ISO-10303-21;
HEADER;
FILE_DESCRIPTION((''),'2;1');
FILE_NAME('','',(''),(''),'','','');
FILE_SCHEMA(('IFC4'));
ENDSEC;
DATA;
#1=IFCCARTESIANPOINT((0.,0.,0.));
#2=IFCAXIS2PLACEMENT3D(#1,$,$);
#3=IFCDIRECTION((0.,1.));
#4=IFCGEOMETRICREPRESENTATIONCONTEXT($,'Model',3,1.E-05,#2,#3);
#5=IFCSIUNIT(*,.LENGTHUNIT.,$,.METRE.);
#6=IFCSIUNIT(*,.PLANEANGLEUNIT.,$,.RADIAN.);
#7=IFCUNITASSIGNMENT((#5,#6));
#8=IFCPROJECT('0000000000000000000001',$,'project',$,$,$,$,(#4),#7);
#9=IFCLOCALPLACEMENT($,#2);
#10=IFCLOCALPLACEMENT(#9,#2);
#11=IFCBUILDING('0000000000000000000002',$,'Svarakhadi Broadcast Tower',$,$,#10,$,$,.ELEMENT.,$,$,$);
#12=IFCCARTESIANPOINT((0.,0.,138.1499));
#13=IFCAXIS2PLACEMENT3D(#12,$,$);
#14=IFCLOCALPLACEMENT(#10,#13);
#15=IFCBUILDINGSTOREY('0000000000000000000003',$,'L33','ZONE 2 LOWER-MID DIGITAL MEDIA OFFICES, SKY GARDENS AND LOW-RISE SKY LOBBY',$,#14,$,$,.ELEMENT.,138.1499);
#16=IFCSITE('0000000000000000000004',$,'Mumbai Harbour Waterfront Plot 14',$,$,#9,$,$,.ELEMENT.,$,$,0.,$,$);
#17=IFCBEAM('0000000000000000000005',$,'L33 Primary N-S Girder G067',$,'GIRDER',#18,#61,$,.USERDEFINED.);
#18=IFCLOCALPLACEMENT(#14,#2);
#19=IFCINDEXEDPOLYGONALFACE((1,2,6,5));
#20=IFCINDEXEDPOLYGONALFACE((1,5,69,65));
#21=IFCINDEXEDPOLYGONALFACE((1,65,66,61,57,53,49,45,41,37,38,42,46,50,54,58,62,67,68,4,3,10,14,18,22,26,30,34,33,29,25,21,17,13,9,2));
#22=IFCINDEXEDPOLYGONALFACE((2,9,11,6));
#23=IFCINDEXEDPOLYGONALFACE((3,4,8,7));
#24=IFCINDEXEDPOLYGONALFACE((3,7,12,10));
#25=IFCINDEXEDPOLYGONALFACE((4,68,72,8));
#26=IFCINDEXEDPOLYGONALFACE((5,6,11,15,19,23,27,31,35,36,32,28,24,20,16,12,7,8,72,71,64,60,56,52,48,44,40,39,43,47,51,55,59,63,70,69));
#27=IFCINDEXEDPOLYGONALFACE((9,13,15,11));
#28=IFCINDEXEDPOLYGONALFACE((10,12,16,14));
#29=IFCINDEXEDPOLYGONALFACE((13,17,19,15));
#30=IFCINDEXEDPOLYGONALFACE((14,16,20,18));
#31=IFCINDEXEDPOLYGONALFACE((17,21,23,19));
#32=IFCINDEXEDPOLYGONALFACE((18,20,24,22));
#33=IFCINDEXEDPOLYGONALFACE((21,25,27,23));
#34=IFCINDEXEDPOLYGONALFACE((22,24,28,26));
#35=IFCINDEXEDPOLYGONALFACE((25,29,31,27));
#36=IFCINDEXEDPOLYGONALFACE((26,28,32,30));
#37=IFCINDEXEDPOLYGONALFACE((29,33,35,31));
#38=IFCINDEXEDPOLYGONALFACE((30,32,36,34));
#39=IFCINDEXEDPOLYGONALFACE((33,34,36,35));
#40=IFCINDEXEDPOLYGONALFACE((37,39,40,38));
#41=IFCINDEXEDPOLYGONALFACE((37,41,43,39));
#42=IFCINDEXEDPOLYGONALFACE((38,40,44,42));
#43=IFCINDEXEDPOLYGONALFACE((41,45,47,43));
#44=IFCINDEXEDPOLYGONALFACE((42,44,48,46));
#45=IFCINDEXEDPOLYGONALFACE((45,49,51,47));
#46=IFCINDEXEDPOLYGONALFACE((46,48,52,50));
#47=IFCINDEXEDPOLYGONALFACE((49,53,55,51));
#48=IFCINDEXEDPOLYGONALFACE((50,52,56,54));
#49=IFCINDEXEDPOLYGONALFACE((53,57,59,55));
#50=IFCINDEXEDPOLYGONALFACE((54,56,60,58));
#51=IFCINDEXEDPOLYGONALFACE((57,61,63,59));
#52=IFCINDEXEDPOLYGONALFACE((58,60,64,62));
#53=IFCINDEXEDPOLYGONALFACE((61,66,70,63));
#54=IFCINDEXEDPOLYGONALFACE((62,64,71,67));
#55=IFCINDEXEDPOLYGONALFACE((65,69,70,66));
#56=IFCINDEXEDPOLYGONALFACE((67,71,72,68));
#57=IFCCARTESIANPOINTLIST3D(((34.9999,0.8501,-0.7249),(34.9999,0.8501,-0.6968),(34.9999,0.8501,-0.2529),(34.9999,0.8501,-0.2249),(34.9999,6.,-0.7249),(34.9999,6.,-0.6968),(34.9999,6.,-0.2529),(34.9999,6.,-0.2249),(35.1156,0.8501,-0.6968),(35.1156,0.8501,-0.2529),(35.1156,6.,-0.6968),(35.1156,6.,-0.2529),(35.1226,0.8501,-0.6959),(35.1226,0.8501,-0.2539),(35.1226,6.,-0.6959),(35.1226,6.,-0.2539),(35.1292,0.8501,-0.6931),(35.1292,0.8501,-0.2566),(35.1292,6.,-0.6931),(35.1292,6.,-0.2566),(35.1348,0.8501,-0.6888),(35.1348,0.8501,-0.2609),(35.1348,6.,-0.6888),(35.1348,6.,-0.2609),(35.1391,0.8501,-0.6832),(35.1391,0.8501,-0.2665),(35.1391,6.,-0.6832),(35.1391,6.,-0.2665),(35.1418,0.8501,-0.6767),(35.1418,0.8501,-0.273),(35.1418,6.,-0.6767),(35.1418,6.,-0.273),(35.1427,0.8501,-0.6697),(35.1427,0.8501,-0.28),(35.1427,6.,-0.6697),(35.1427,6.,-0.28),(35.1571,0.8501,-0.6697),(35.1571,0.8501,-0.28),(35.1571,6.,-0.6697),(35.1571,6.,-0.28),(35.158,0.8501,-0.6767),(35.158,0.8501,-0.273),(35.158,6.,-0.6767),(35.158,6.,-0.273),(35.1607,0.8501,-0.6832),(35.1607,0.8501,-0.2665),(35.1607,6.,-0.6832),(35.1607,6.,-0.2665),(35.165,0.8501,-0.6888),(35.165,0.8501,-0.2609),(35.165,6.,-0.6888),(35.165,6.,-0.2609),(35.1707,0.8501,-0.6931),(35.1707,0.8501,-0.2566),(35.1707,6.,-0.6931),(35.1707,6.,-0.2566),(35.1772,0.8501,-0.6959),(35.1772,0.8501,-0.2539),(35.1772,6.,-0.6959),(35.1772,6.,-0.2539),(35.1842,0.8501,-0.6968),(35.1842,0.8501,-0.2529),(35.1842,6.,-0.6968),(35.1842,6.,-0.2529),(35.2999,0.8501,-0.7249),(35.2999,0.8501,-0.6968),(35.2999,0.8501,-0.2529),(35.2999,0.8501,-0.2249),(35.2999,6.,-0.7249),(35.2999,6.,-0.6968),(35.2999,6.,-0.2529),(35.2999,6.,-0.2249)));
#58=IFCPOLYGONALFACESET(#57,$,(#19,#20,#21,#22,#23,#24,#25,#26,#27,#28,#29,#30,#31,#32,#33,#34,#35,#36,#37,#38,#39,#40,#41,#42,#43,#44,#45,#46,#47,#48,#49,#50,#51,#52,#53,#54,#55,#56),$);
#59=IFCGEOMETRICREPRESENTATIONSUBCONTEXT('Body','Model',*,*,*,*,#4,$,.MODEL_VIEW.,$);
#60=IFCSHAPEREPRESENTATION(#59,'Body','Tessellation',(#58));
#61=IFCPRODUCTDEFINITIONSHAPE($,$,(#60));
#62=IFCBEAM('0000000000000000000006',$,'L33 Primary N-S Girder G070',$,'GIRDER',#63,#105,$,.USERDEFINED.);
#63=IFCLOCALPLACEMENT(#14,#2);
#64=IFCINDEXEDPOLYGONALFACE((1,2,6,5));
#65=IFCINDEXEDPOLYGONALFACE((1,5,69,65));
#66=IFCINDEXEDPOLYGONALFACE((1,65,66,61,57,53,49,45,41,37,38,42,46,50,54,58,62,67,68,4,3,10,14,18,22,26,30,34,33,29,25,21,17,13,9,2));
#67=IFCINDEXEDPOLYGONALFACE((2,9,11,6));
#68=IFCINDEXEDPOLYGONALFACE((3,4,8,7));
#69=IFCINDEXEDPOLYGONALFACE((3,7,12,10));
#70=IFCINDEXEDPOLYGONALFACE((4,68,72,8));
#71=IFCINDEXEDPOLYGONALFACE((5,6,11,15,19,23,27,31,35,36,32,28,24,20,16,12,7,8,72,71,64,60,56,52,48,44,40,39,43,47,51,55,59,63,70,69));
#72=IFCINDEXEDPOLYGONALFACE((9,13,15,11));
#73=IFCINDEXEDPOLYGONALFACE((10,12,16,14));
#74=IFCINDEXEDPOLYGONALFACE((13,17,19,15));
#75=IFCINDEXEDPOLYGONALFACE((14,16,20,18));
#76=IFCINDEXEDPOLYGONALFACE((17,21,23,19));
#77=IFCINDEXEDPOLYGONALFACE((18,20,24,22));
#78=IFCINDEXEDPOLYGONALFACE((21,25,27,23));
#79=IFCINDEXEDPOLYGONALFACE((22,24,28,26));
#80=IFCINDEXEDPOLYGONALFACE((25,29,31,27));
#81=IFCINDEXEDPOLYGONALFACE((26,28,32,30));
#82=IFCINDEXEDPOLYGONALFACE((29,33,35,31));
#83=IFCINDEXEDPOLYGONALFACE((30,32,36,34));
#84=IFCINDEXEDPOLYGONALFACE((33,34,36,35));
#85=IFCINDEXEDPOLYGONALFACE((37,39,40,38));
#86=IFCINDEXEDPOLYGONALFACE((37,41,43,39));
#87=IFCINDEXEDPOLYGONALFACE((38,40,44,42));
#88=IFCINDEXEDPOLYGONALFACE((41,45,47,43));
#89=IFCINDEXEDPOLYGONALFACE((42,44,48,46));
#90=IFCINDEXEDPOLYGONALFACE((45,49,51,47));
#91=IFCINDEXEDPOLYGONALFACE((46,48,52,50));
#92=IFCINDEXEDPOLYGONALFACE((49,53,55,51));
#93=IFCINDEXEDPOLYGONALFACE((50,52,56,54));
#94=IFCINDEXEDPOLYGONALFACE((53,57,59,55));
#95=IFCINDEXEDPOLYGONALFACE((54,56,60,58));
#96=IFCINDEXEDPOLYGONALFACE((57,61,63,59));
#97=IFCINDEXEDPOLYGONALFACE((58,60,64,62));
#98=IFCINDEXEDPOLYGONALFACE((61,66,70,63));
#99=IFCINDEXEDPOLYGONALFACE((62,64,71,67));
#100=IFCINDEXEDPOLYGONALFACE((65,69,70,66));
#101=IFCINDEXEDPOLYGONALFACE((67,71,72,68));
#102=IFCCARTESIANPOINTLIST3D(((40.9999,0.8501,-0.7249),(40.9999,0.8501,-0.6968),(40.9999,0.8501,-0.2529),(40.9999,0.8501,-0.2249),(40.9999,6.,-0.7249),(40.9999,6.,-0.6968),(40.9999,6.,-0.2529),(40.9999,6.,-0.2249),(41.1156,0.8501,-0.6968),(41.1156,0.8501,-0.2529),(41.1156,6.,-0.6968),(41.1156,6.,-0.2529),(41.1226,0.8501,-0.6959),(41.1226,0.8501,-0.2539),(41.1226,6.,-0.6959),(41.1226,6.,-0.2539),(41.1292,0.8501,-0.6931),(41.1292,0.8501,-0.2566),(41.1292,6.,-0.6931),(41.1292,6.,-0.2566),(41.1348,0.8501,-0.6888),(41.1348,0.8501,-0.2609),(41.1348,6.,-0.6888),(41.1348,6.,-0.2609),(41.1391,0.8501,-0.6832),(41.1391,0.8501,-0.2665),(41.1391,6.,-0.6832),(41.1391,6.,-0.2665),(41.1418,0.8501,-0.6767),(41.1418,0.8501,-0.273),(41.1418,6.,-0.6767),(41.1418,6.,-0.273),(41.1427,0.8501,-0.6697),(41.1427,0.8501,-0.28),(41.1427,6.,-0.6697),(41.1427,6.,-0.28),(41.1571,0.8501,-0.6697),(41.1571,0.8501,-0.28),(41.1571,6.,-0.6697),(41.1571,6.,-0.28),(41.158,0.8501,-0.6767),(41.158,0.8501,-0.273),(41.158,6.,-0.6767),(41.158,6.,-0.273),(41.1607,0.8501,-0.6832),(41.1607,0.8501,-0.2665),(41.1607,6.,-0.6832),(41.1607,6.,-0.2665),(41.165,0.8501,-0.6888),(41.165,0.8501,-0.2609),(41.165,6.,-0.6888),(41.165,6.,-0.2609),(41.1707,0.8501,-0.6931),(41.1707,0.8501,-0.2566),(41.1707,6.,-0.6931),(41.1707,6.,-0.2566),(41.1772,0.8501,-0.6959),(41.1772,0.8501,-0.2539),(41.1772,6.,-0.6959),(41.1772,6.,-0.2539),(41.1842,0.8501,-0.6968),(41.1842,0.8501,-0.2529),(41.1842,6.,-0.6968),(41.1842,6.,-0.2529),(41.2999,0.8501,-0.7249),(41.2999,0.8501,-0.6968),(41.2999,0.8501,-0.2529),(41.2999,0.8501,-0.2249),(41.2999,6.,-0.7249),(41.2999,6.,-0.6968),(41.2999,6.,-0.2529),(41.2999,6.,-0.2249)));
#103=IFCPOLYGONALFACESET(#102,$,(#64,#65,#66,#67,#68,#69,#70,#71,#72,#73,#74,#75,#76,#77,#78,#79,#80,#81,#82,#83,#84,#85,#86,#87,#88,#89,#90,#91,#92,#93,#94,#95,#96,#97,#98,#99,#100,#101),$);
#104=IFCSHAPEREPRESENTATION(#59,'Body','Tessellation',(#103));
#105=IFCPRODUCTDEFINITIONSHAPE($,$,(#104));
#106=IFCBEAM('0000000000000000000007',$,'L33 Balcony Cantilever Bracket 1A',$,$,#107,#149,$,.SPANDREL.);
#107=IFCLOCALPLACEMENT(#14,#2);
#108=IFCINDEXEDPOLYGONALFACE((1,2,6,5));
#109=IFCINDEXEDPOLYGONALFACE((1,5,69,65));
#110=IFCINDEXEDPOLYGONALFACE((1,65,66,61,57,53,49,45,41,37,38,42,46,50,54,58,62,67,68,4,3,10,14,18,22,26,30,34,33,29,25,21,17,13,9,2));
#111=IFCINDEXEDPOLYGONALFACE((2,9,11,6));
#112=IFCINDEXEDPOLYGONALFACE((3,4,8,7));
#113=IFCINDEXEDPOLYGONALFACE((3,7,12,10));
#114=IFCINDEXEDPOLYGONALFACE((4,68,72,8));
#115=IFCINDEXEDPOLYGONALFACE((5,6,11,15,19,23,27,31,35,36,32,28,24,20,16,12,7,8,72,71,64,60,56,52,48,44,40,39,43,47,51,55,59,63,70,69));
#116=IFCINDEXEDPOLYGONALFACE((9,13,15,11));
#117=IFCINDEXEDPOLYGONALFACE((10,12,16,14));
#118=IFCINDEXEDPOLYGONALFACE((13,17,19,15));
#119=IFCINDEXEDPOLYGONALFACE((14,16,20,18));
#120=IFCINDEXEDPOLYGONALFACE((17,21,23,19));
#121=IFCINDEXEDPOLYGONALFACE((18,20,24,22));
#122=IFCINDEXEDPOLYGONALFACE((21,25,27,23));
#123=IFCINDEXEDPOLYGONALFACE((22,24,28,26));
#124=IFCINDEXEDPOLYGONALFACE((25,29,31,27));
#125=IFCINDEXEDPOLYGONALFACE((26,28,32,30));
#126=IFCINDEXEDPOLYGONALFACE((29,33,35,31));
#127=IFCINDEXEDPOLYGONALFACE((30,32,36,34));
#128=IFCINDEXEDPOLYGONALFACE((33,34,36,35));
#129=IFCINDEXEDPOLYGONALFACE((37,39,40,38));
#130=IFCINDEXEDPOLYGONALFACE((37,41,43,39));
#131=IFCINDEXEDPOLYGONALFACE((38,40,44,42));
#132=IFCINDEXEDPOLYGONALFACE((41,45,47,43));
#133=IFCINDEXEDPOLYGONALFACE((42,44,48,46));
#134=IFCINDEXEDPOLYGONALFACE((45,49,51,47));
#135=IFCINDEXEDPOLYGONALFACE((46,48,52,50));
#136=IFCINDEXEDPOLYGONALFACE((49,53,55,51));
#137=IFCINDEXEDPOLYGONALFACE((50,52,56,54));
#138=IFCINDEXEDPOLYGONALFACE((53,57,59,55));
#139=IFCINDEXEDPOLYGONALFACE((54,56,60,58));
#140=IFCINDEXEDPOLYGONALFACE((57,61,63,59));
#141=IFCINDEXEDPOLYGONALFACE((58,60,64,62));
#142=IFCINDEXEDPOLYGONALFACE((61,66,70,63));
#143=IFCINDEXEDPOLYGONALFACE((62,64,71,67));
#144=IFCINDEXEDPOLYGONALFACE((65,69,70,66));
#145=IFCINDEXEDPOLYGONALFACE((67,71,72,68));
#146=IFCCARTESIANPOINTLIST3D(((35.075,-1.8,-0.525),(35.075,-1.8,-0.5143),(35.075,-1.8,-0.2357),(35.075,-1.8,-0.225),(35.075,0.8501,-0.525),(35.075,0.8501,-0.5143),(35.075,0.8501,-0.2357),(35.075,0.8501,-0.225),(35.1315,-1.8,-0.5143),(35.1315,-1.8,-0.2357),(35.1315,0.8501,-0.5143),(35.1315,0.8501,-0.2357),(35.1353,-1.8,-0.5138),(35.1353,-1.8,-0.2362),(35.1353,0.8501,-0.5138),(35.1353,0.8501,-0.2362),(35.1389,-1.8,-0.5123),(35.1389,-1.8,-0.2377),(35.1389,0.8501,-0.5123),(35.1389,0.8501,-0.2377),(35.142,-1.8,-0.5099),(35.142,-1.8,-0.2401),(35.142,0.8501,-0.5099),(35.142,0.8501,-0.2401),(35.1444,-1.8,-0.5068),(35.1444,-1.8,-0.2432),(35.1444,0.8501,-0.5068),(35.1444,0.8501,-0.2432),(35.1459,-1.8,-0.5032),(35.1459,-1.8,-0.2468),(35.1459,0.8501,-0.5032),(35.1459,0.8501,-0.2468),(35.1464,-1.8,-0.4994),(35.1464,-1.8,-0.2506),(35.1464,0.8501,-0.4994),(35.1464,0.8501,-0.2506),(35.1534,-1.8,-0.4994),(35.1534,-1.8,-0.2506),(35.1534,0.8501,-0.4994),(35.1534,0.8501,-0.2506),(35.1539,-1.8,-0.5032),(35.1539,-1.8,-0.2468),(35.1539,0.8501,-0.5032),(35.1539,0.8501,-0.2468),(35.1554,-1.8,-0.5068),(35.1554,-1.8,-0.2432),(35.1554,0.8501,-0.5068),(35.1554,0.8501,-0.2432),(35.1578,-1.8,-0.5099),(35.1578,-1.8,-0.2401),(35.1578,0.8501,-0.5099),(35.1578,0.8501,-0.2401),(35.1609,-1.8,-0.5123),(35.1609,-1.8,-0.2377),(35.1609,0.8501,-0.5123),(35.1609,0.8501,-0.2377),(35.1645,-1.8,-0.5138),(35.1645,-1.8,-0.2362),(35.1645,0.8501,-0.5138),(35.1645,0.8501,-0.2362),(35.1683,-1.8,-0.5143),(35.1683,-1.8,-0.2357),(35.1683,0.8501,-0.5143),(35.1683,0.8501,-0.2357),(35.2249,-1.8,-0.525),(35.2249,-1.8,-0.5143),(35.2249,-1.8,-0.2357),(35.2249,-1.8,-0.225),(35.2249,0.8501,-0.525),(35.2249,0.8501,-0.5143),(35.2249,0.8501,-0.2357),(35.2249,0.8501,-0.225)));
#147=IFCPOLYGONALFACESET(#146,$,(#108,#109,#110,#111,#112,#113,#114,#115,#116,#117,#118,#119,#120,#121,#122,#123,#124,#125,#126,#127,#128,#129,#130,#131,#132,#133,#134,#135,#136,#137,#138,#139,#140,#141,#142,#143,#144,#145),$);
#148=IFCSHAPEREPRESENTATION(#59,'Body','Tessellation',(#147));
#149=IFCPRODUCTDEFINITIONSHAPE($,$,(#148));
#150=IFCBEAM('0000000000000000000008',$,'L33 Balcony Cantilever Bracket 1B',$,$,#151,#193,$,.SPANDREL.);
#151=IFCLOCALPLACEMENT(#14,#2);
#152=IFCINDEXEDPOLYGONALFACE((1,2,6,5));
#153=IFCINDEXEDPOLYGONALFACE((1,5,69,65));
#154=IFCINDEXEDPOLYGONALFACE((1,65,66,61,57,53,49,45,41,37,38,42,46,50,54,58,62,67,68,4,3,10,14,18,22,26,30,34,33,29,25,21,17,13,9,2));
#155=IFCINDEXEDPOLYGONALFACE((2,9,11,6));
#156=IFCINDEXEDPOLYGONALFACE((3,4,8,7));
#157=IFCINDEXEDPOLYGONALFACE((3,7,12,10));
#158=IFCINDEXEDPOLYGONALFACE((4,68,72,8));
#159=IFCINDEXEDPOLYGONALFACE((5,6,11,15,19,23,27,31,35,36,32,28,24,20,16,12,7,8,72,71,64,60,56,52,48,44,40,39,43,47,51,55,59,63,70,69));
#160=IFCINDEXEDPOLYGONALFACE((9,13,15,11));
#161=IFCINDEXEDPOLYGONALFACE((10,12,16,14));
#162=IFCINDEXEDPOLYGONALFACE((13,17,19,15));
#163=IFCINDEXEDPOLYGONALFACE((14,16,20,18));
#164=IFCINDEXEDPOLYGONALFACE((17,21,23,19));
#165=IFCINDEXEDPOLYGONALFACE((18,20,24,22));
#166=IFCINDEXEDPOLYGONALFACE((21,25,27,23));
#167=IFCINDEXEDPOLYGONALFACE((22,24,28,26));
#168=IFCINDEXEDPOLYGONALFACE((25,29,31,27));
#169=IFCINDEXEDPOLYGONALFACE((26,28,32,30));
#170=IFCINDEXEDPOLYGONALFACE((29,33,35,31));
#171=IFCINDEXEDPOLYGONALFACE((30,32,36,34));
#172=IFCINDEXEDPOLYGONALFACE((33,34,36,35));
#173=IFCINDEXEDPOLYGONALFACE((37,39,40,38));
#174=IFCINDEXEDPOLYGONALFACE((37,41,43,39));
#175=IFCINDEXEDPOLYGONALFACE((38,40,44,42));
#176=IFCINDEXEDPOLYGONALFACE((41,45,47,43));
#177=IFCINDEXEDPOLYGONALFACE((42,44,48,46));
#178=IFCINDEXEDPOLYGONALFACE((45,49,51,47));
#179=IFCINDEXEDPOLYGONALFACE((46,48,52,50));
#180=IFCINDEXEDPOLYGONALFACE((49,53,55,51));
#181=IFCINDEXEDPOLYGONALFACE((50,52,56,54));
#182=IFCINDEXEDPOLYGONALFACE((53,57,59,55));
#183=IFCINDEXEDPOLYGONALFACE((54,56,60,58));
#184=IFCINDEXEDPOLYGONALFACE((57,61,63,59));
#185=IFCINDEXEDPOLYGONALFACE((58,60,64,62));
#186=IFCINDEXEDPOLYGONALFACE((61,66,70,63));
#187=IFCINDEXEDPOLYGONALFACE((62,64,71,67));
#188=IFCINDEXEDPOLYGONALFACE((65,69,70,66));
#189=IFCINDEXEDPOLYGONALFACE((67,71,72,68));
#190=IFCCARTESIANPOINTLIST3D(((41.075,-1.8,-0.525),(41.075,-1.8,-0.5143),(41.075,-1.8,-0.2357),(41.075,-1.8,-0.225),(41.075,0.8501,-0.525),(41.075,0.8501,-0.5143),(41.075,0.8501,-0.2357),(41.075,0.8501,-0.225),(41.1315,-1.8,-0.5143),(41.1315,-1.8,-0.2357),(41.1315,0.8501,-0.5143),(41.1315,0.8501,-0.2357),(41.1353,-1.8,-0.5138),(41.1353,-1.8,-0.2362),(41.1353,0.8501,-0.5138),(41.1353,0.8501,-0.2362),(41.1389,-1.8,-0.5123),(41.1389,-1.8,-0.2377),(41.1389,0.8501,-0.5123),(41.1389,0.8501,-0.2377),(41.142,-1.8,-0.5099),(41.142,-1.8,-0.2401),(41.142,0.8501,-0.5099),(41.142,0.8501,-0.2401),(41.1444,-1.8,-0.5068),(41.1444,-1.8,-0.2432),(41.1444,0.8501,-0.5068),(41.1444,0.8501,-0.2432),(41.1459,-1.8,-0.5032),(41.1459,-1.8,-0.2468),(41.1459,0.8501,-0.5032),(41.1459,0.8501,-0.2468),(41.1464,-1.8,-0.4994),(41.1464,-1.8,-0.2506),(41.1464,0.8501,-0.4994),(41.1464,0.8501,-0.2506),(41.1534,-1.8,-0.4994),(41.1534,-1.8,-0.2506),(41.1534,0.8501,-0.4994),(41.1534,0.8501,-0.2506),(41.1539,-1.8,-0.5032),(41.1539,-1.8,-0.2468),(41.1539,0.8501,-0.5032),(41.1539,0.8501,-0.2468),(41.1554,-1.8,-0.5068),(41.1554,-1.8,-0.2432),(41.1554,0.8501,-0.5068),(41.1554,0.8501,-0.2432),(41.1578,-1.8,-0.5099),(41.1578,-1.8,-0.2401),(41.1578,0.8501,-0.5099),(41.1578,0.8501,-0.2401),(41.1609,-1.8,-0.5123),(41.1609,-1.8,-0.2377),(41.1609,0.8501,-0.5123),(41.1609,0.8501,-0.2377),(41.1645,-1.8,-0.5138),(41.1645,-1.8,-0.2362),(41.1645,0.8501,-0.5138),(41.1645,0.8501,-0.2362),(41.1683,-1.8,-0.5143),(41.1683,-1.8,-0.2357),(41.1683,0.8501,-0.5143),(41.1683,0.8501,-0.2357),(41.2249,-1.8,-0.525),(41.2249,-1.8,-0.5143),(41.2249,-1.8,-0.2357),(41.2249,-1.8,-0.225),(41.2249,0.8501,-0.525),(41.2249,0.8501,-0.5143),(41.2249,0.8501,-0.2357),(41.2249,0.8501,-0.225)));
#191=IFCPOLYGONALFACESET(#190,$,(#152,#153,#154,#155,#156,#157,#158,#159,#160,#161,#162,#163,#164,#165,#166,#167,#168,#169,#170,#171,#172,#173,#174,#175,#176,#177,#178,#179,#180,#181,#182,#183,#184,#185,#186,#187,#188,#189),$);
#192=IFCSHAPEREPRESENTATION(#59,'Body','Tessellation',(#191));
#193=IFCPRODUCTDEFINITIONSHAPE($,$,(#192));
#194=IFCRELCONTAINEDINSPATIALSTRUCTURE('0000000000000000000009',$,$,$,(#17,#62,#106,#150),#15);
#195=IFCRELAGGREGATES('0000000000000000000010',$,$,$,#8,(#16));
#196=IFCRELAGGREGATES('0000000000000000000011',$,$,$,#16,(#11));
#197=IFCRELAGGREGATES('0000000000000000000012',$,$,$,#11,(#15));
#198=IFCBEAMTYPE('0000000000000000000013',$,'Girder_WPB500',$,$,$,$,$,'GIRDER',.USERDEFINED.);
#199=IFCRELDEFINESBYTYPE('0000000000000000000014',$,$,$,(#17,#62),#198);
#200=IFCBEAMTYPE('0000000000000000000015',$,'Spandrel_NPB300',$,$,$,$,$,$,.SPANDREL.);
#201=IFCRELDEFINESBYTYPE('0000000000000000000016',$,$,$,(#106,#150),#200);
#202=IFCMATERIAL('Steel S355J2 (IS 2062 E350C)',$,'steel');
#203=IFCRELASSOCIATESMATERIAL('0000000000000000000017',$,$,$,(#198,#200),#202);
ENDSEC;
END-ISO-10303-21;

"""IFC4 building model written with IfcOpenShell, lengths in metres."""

from ifc_helpers import new_model, si_unit, direction, frame, origin, origin_2d, place, context, subcontext, project, spatial, i_section, extrude, material, material_profile, profile_set, type_object, element, save


model = new_model("IFC4")

# Units and contexts
model_context = context("Model", 3, precision=1e-05, world=origin(), true_north=direction((0.0, 1.0)))
body_context = subcontext(model_context, "Body", "Model", "MODEL_VIEW")
ifc_project = project(units=[si_unit("LENGTHUNIT", "METRE"), si_unit("PLANEANGLEUNIT", "RADIAN")], contexts=[model_context])

# Site, building, storey
site_placement = place(None, origin())
site = spatial("IfcSite", under=ifc_project, at=site_placement, Name="Mumbai Harbour Waterfront Plot 14", CompositionType="ELEMENT", RefElevation=0.0)
building_placement = place(site_placement, origin())
building = spatial("IfcBuilding", under=site, at=building_placement, Name="Svarakhadi Broadcast Tower", CompositionType="ELEMENT")
storey_placement = place(building_placement, frame((0.0, 0.0, 138.1499)))
storey = spatial("IfcBuildingStorey", under=building, at=storey_placement, Name="L33", Description="ZONE 2 LOWER-MID DIGITAL MEDIA OFFICES, SKY GARDENS AND LOW-RISE SKY LOBBY", CompositionType="ELEMENT", Elevation=138.1499)

# Beams
ifc_material_1 = material(Name="Steel S355J2 (IS 2062 E350C)", Category="steel")
ifc_material_profile_1 = material_profile(ifc_material_1, i_section(OverallWidth=0.3, OverallDepth=0.5, WebThickness=0.0144, FlangeThickness=0.0281, FilletRadius=0.0271, at=origin_2d()), Name="WPB 500x300x187")
ifc_profile_set_1 = profile_set([ifc_material_profile_1], Name="Steel S355J2 (IS 2062 E350C)")
beam_type_1 = type_object("IfcBeamType", Name="Girder_WPB500", ElementType="GIRDER", PredefinedType="USERDEFINED", material=ifc_profile_set_1)
for number, where, z_axis, x_axis, name in (
    (1, (35.1499, 0.8501, -0.4749), (0.0, 1.0, 0.0), (-1.0, 0.0, 0.0), "L33 Primary N-S Girder G067"),
    (2, (41.1499, 0.8501, -0.4749), (0.0, 1.0, 0.0), (-1.0, 0.0, 0.0), "L33 Primary N-S Girder G070"),
):
    element("IfcBeam", number, at=place(storey_placement, frame(where, z_axis=z_axis, x_axis=x_axis)), inside=storey, type_object=beam_type_1, Name=name, ObjectType="GIRDER", PredefinedType="USERDEFINED", context=body_context, shape_type="SweptSolid", body=[
        extrude(i_section(OverallWidth=0.3, OverallDepth=0.5, WebThickness=0.0144, FlangeThickness=0.0281, FilletRadius=0.0271, at=origin_2d()), origin(), (0.0, 0.0, 1.0), 5.1499),
    ])
ifc_material_profile_2 = material_profile(ifc_material_1, i_section(OverallWidth=0.1499, OverallDepth=0.3, WebThickness=0.0071, FlangeThickness=0.0107, FilletRadius=0.0149, at=origin_2d()), Name="NPB 300x150x37")
ifc_profile_set_2 = profile_set([ifc_material_profile_2], Name="Steel S355J2 (IS 2062 E350C)")
beam_type_2 = type_object("IfcBeamType", Name="Spandrel_NPB300", PredefinedType="SPANDREL", material=ifc_profile_set_2)
for number, where, z_axis, x_axis, name in (
    (3, (35.1499, 0.8501, -0.375), (0.0, -1.0, 0.0), (1.0, 0.0, 0.0), "L33 Balcony Cantilever Bracket 1A"),
    (4, (41.1499, 0.8501, -0.375), (0.0, -1.0, 0.0), (1.0, 0.0, 0.0), "L33 Balcony Cantilever Bracket 1B"),
):
    element("IfcBeam", number, at=place(storey_placement, frame(where, z_axis=z_axis, x_axis=x_axis)), inside=storey, type_object=beam_type_2, Name=name, PredefinedType="SPANDREL", context=body_context, shape_type="SweptSolid", body=[
        extrude(i_section(OverallWidth=0.1499, OverallDepth=0.3, WebThickness=0.0071, FlangeThickness=0.0107, FilletRadius=0.0149, at=origin_2d()), origin(), (0.0, 0.0, 1.0), 2.6501),
    ])

save(model, "model.ifc")
